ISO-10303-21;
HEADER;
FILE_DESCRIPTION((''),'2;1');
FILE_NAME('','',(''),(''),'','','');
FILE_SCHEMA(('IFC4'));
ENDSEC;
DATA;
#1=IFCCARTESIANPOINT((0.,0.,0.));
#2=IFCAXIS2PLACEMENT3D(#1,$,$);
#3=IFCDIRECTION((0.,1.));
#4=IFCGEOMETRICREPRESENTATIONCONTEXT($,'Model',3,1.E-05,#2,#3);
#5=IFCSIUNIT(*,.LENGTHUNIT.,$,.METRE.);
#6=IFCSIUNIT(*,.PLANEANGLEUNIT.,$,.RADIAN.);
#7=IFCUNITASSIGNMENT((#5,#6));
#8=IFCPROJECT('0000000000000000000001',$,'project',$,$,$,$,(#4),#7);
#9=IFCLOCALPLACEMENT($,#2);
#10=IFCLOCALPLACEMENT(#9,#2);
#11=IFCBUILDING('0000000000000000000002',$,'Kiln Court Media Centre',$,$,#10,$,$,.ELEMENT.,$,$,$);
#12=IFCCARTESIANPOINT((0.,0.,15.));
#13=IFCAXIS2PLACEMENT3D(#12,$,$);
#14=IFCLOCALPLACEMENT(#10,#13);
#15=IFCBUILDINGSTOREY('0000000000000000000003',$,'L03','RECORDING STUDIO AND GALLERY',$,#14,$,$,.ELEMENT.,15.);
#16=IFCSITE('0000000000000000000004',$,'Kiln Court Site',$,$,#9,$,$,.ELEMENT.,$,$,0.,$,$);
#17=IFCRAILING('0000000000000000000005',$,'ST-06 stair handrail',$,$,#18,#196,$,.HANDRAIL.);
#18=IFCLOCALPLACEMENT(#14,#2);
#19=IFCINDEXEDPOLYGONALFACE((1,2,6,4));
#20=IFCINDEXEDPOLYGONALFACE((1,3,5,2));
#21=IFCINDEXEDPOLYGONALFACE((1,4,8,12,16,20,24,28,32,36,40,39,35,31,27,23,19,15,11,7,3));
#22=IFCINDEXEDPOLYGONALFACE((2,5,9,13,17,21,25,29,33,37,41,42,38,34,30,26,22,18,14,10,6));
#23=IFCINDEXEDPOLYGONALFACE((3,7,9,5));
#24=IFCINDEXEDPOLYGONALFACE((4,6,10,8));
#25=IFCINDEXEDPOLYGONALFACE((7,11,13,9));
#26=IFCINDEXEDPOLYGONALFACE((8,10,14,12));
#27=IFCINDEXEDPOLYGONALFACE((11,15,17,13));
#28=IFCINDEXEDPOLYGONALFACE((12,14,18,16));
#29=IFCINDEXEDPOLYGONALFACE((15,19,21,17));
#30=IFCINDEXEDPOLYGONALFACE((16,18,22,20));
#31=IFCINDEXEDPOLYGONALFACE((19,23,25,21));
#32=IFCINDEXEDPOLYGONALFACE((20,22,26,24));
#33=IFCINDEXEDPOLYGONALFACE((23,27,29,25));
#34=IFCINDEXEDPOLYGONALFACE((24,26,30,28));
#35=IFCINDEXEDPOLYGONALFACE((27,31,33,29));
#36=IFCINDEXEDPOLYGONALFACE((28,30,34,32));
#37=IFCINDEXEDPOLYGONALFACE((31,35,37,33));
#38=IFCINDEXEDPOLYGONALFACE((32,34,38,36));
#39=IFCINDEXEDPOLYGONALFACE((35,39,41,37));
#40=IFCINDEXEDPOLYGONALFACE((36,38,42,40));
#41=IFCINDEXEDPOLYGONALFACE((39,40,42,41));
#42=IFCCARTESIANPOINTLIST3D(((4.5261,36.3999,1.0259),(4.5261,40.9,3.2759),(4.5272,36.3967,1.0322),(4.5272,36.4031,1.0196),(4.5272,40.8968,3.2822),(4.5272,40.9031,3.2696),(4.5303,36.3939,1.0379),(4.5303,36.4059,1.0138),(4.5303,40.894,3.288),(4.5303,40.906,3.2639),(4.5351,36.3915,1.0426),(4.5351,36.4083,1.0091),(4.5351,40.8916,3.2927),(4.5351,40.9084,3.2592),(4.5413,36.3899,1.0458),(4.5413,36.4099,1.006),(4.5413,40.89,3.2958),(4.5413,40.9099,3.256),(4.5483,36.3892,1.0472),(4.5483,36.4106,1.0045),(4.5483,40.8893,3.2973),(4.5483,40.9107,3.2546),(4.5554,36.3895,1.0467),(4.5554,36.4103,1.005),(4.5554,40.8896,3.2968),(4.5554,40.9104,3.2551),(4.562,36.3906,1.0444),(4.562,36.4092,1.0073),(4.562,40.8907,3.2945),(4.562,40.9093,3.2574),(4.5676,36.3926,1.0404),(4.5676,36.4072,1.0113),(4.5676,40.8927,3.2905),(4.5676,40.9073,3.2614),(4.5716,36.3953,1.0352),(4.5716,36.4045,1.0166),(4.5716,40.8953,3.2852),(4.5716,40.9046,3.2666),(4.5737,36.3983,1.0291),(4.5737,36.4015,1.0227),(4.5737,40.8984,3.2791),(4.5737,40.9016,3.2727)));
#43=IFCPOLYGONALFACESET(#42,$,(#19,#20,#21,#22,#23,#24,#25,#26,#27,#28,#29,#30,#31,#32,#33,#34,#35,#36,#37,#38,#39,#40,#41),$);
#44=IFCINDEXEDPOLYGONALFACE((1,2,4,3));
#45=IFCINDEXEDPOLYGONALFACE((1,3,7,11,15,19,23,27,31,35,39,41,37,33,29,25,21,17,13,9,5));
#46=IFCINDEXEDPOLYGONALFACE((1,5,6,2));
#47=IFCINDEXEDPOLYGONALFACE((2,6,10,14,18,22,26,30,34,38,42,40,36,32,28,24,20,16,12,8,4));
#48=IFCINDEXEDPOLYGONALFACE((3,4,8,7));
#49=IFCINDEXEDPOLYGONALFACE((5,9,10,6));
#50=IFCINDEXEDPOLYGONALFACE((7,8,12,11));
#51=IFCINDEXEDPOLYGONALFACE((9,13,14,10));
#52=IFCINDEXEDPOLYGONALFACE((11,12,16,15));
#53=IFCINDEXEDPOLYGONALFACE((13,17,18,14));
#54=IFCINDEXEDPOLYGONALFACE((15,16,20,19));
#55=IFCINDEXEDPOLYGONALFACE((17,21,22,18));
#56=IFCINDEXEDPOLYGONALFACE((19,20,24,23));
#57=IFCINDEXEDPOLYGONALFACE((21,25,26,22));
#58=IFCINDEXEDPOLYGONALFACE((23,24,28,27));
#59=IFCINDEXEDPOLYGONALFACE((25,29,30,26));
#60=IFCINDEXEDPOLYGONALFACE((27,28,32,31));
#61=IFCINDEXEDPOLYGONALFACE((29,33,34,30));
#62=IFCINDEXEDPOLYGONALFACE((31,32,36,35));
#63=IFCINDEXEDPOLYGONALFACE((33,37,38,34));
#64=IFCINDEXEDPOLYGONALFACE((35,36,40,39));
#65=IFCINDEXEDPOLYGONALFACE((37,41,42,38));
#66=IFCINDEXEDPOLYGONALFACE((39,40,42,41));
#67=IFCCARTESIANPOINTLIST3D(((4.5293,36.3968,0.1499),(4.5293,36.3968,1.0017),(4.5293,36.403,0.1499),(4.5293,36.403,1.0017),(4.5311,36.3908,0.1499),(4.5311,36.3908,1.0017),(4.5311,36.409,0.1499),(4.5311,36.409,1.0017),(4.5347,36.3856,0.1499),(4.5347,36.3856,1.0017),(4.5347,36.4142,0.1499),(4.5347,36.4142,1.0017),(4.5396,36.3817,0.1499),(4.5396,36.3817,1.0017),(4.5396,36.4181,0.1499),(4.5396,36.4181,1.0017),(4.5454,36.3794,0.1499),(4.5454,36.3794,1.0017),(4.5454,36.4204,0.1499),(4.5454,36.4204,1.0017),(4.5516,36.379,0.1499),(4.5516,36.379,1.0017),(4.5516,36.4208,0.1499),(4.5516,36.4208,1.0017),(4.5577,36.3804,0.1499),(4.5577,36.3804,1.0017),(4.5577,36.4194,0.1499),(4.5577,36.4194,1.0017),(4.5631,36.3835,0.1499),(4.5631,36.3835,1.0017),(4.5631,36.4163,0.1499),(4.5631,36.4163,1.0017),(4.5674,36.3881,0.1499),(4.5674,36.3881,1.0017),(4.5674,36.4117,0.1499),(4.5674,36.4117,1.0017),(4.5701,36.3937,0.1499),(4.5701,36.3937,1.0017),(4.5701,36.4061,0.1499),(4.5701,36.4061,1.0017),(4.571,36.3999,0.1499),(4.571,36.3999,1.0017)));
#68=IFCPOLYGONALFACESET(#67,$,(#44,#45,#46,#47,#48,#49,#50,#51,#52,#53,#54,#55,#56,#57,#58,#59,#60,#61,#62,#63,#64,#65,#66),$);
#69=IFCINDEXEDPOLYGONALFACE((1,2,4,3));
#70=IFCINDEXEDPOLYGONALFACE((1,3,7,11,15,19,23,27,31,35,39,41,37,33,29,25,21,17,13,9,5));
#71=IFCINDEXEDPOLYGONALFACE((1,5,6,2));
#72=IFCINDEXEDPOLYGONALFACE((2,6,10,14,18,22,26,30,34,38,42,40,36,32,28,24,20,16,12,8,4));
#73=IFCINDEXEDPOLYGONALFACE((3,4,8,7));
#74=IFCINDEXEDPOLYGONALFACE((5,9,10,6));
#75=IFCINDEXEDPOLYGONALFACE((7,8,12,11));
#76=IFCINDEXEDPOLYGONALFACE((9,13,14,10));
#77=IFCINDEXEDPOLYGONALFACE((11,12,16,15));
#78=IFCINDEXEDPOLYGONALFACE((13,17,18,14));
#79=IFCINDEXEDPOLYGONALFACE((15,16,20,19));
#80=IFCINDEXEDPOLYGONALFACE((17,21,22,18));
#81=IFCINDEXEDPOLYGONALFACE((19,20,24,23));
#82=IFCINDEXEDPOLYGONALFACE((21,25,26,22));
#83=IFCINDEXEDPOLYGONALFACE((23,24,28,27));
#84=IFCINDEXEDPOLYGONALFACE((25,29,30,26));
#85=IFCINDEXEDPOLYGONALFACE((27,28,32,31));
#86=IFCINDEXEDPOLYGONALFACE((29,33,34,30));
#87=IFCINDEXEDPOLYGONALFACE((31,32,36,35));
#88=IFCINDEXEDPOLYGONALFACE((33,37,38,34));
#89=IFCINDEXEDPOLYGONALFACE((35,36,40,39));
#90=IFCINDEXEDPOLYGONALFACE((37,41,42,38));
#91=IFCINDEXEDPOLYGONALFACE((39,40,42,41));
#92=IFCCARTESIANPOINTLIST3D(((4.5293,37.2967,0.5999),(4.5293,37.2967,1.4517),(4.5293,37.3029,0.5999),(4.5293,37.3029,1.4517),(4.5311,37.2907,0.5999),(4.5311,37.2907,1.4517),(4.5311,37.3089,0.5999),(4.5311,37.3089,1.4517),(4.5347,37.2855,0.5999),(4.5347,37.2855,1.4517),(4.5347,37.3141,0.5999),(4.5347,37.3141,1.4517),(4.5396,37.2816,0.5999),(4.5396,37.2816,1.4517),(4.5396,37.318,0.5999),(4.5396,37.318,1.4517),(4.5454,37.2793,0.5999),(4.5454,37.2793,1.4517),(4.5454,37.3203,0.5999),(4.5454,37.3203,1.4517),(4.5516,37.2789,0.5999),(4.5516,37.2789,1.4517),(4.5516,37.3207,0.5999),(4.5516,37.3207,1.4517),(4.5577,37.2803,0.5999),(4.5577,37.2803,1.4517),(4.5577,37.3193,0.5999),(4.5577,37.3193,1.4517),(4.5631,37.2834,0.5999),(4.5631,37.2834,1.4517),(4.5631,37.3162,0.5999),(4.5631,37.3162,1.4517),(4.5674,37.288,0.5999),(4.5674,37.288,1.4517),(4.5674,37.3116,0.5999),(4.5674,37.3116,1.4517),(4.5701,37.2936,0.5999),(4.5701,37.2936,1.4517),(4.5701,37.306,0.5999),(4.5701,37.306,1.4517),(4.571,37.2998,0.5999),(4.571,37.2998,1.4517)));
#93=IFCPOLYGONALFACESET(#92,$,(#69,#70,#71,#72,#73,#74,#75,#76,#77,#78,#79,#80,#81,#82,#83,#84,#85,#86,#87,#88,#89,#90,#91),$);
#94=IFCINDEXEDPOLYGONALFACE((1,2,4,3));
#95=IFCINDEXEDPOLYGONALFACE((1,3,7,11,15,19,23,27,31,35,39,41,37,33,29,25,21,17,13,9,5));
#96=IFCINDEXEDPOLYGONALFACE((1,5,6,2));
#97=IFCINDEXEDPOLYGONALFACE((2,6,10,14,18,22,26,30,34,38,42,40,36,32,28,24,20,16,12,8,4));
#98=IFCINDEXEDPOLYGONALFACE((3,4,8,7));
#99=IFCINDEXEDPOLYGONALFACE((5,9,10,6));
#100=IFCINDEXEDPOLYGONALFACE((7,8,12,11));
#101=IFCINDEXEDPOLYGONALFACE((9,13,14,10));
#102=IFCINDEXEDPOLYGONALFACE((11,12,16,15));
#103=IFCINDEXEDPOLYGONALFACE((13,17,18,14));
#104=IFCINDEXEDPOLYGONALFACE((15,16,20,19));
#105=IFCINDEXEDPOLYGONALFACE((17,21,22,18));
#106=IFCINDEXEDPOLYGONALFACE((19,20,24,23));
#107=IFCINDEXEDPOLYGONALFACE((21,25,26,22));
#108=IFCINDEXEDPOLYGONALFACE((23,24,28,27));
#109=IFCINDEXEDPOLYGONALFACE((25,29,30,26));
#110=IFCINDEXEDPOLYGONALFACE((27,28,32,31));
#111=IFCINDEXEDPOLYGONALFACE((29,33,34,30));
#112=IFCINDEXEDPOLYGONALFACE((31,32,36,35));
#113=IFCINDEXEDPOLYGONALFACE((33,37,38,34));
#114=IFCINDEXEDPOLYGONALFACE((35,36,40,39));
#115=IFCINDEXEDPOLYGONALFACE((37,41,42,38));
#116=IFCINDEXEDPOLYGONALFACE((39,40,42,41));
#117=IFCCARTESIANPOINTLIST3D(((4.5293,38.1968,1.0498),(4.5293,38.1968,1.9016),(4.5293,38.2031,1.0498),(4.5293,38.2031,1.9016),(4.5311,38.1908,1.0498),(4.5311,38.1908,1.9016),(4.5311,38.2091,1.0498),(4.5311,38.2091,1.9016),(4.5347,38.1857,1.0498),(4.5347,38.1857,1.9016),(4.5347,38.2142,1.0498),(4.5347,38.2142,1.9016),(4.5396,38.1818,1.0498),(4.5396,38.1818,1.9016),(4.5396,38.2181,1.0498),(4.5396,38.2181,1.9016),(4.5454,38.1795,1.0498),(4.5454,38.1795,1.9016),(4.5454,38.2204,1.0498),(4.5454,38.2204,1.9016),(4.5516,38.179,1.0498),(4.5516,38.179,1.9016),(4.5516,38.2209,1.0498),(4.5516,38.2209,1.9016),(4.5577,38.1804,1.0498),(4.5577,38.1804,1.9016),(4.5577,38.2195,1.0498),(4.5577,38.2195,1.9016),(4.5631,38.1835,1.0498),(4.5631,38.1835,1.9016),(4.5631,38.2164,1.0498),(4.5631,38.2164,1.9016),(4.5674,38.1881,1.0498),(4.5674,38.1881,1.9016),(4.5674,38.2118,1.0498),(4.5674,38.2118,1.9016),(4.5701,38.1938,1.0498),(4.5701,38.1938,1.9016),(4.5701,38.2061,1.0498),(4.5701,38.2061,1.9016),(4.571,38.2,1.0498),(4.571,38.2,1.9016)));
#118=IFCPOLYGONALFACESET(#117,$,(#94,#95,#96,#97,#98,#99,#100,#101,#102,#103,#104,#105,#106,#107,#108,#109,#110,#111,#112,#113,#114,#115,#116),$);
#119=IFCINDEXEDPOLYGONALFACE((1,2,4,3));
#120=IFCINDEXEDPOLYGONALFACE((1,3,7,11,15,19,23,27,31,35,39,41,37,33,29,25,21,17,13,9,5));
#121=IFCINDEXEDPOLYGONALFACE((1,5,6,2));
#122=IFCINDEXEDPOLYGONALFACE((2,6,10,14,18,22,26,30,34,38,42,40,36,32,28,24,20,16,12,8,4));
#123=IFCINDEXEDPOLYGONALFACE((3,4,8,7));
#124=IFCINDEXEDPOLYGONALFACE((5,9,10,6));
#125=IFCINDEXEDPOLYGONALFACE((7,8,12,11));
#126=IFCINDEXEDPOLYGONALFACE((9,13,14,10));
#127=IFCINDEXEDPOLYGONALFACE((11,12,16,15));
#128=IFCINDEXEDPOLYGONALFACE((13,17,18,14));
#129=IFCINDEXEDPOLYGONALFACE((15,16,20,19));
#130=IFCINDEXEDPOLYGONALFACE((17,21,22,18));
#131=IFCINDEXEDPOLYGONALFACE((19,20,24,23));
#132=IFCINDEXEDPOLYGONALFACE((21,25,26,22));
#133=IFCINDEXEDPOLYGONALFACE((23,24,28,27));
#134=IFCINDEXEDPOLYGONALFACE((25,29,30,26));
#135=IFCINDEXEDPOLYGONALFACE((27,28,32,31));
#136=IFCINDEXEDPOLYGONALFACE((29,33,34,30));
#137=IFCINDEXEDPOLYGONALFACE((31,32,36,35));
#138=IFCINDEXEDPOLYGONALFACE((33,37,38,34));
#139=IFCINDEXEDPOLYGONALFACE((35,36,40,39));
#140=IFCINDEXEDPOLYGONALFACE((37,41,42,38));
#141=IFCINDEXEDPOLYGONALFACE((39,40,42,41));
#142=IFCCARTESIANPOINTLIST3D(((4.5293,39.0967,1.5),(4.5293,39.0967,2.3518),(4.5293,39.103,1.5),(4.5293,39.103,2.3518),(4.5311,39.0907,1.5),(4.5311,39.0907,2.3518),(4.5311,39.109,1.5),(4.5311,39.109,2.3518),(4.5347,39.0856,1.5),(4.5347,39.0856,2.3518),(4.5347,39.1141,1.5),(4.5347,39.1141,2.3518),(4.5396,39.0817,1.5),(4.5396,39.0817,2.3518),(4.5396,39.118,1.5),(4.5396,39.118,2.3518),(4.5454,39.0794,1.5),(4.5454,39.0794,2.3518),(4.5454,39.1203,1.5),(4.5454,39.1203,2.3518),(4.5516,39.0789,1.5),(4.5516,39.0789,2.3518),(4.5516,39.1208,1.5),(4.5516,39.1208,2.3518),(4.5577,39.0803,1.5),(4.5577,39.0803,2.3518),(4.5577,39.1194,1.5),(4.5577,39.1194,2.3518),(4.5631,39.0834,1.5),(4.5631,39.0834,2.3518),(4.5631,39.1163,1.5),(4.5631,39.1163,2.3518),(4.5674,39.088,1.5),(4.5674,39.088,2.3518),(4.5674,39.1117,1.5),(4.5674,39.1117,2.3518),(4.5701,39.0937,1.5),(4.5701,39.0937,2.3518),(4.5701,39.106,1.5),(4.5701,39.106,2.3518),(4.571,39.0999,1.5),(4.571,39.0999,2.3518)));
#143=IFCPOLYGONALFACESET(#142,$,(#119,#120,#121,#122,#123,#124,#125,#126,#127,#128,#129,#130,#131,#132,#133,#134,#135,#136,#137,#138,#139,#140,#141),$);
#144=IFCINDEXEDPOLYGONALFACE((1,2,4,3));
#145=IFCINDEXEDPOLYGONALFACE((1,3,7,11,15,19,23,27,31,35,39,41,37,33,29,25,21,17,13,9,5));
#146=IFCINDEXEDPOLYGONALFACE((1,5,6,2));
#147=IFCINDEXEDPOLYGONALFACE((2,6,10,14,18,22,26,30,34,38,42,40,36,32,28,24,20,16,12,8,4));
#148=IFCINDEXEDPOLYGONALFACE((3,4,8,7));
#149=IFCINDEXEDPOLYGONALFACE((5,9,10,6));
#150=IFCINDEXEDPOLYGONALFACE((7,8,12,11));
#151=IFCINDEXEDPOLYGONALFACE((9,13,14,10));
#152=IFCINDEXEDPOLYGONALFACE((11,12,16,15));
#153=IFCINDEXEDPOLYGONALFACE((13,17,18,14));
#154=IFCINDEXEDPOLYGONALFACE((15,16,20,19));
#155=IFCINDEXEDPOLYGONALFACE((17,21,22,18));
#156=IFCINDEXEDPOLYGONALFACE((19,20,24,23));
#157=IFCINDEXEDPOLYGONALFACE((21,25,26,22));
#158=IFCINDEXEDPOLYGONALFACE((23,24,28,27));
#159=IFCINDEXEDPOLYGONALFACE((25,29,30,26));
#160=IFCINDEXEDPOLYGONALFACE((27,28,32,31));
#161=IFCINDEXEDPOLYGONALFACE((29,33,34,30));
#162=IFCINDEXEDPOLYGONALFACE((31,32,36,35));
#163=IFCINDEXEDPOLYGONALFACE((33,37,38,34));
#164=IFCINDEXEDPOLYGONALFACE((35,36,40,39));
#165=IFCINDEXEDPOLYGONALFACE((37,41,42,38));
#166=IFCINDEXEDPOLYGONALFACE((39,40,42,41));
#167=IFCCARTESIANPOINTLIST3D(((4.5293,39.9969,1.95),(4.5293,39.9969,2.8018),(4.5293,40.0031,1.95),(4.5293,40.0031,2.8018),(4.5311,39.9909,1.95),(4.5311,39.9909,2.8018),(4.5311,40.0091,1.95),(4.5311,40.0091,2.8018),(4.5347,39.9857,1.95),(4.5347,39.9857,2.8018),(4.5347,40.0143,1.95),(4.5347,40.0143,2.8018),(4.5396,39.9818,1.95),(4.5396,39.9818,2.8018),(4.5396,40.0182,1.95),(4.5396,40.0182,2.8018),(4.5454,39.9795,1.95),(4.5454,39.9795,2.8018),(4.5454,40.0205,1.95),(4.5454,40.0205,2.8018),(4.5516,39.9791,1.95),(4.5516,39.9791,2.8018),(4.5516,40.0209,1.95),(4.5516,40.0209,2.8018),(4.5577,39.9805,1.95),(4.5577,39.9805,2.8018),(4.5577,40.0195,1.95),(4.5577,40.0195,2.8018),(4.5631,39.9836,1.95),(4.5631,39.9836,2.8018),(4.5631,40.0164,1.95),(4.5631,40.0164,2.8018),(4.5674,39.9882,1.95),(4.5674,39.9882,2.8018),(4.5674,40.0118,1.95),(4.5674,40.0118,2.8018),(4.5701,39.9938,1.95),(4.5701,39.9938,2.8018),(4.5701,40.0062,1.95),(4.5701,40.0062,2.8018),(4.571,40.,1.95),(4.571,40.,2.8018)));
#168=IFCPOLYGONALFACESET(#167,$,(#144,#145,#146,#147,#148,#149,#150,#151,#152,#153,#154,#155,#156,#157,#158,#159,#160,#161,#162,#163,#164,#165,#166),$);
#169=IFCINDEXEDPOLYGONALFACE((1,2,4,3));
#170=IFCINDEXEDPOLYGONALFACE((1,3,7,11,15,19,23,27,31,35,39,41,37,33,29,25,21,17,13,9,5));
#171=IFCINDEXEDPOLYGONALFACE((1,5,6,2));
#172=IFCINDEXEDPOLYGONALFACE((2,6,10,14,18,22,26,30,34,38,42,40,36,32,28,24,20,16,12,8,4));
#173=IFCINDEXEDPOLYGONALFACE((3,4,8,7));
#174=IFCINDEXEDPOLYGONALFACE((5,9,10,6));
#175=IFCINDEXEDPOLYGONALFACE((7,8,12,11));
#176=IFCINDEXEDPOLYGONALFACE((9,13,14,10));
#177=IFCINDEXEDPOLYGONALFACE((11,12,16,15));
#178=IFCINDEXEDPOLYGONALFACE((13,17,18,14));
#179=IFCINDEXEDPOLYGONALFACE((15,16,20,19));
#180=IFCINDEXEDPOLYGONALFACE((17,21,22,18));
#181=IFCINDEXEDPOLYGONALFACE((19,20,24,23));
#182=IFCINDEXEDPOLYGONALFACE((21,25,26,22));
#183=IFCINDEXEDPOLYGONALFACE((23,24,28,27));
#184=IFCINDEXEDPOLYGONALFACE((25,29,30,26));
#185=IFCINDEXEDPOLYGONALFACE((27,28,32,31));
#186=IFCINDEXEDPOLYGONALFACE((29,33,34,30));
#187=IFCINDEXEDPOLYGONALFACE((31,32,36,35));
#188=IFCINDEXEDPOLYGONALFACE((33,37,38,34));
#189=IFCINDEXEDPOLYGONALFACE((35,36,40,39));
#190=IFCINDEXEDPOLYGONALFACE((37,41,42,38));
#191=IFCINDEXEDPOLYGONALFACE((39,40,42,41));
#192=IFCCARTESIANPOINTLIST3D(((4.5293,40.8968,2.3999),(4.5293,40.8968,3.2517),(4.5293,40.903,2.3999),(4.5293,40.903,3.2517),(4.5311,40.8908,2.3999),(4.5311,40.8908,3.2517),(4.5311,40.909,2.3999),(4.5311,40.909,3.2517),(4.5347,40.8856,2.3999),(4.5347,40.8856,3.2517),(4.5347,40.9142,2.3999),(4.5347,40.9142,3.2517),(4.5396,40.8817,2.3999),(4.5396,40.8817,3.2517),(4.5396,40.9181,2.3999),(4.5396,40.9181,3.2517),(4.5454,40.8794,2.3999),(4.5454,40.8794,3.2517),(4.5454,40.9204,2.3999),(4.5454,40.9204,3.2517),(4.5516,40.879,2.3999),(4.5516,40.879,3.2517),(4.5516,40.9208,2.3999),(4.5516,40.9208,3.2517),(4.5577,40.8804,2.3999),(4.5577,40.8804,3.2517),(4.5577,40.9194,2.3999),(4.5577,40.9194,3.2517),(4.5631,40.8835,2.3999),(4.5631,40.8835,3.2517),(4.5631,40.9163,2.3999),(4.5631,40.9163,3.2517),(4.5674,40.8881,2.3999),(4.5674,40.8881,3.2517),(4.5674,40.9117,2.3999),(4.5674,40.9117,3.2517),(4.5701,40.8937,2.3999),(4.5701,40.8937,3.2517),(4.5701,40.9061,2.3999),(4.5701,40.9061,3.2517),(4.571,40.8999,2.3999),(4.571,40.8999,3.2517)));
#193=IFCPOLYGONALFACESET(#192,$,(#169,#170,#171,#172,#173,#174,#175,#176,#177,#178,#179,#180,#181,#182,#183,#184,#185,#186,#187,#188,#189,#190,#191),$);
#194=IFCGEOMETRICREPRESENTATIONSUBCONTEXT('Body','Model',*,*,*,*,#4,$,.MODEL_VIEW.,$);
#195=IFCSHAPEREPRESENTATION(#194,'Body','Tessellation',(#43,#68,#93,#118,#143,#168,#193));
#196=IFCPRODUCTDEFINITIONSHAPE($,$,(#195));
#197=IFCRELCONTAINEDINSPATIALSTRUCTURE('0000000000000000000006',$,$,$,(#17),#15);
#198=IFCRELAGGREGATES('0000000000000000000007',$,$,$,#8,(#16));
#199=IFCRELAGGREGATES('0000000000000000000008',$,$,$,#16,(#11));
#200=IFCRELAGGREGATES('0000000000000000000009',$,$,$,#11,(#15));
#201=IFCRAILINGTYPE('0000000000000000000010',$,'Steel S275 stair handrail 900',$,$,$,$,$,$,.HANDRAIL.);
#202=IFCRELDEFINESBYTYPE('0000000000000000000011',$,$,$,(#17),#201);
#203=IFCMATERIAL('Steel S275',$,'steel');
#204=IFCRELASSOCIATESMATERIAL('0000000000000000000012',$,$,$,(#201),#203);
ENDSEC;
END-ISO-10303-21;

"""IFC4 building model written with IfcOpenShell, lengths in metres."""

from ifc_helpers import new_model, si_unit, direction, frame, origin, origin_2d, place, context, subcontext, project, spatial, circle, extrude, material, type_object, element, save


model = new_model("IFC4")

# Units and contexts
model_context = context("Model", 3, precision=1e-05, world=origin(), true_north=direction((0.0, 1.0)))
body_context = subcontext(model_context, "Body", "Model", "MODEL_VIEW")
ifc_project = project(units=[si_unit("LENGTHUNIT", "METRE"), si_unit("PLANEANGLEUNIT", "RADIAN")], contexts=[model_context])

# Site, building, storey
site_placement = place(None, origin())
site = spatial("IfcSite", under=ifc_project, at=site_placement, Name="Kiln Court Site", CompositionType="ELEMENT", RefElevation=0.0)
building_placement = place(site_placement, origin())
building = spatial("IfcBuilding", under=site, at=building_placement, Name="Kiln Court Media Centre", CompositionType="ELEMENT")
storey_placement = place(building_placement, frame((0.0, 0.0, 15.0)))
storey = spatial("IfcBuildingStorey", under=building, at=storey_placement, Name="L03", Description="RECORDING STUDIO AND GALLERY", CompositionType="ELEMENT", Elevation=15.0)

# Railing
ifc_material_1 = material(Name="Steel S275", Category="steel")
railing_type_1 = type_object("IfcRailingType", Name="Steel S275 stair handrail 900", PredefinedType="HANDRAIL", material=ifc_material_1)
railing_1_placement = place(storey_placement, frame((4.55, 36.3999, 0.1499)))
element("IfcRailing", 1, at=railing_1_placement, inside=storey, type_object=railing_type_1, Name="ST-06 stair handrail", PredefinedType="HANDRAIL", context=body_context, shape_type="SweptSolid", body=[
    extrude(circle(Radius=0.0239, at=origin_2d()), frame((0.0, 0.0, 0.876), z_axis=(0.0, 0.894427, 0.447214), x_axis=(-1.0, 0.0, 0.0)), (0.0, 0.0, 1.0), 5.0312),
    extrude(circle(Radius=0.021, at=origin_2d()), origin(), (0.0, 0.0, 1.0), 0.8518),
    extrude(circle(Radius=0.021, at=origin_2d()), frame((0.0, 0.8999, 0.45)), (0.0, 0.0, 1.0), 0.8518),
    extrude(circle(Radius=0.021, at=origin_2d()), frame((0.0, 1.8, 0.8999)), (0.0, 0.0, 1.0), 0.8518),
    extrude(circle(Radius=0.021, at=origin_2d()), frame((0.0, 2.7, 1.3501)), (0.0, 0.0, 1.0), 0.8518),
    extrude(circle(Radius=0.021, at=origin_2d()), frame((0.0, 3.6001, 1.8)), (0.0, 0.0, 1.0), 0.8518),
    extrude(circle(Radius=0.021, at=origin_2d()), frame((0.0, 4.5, 2.25)), (0.0, 0.0, 1.0), 0.8518),
])

save(model, "model.ifc")
